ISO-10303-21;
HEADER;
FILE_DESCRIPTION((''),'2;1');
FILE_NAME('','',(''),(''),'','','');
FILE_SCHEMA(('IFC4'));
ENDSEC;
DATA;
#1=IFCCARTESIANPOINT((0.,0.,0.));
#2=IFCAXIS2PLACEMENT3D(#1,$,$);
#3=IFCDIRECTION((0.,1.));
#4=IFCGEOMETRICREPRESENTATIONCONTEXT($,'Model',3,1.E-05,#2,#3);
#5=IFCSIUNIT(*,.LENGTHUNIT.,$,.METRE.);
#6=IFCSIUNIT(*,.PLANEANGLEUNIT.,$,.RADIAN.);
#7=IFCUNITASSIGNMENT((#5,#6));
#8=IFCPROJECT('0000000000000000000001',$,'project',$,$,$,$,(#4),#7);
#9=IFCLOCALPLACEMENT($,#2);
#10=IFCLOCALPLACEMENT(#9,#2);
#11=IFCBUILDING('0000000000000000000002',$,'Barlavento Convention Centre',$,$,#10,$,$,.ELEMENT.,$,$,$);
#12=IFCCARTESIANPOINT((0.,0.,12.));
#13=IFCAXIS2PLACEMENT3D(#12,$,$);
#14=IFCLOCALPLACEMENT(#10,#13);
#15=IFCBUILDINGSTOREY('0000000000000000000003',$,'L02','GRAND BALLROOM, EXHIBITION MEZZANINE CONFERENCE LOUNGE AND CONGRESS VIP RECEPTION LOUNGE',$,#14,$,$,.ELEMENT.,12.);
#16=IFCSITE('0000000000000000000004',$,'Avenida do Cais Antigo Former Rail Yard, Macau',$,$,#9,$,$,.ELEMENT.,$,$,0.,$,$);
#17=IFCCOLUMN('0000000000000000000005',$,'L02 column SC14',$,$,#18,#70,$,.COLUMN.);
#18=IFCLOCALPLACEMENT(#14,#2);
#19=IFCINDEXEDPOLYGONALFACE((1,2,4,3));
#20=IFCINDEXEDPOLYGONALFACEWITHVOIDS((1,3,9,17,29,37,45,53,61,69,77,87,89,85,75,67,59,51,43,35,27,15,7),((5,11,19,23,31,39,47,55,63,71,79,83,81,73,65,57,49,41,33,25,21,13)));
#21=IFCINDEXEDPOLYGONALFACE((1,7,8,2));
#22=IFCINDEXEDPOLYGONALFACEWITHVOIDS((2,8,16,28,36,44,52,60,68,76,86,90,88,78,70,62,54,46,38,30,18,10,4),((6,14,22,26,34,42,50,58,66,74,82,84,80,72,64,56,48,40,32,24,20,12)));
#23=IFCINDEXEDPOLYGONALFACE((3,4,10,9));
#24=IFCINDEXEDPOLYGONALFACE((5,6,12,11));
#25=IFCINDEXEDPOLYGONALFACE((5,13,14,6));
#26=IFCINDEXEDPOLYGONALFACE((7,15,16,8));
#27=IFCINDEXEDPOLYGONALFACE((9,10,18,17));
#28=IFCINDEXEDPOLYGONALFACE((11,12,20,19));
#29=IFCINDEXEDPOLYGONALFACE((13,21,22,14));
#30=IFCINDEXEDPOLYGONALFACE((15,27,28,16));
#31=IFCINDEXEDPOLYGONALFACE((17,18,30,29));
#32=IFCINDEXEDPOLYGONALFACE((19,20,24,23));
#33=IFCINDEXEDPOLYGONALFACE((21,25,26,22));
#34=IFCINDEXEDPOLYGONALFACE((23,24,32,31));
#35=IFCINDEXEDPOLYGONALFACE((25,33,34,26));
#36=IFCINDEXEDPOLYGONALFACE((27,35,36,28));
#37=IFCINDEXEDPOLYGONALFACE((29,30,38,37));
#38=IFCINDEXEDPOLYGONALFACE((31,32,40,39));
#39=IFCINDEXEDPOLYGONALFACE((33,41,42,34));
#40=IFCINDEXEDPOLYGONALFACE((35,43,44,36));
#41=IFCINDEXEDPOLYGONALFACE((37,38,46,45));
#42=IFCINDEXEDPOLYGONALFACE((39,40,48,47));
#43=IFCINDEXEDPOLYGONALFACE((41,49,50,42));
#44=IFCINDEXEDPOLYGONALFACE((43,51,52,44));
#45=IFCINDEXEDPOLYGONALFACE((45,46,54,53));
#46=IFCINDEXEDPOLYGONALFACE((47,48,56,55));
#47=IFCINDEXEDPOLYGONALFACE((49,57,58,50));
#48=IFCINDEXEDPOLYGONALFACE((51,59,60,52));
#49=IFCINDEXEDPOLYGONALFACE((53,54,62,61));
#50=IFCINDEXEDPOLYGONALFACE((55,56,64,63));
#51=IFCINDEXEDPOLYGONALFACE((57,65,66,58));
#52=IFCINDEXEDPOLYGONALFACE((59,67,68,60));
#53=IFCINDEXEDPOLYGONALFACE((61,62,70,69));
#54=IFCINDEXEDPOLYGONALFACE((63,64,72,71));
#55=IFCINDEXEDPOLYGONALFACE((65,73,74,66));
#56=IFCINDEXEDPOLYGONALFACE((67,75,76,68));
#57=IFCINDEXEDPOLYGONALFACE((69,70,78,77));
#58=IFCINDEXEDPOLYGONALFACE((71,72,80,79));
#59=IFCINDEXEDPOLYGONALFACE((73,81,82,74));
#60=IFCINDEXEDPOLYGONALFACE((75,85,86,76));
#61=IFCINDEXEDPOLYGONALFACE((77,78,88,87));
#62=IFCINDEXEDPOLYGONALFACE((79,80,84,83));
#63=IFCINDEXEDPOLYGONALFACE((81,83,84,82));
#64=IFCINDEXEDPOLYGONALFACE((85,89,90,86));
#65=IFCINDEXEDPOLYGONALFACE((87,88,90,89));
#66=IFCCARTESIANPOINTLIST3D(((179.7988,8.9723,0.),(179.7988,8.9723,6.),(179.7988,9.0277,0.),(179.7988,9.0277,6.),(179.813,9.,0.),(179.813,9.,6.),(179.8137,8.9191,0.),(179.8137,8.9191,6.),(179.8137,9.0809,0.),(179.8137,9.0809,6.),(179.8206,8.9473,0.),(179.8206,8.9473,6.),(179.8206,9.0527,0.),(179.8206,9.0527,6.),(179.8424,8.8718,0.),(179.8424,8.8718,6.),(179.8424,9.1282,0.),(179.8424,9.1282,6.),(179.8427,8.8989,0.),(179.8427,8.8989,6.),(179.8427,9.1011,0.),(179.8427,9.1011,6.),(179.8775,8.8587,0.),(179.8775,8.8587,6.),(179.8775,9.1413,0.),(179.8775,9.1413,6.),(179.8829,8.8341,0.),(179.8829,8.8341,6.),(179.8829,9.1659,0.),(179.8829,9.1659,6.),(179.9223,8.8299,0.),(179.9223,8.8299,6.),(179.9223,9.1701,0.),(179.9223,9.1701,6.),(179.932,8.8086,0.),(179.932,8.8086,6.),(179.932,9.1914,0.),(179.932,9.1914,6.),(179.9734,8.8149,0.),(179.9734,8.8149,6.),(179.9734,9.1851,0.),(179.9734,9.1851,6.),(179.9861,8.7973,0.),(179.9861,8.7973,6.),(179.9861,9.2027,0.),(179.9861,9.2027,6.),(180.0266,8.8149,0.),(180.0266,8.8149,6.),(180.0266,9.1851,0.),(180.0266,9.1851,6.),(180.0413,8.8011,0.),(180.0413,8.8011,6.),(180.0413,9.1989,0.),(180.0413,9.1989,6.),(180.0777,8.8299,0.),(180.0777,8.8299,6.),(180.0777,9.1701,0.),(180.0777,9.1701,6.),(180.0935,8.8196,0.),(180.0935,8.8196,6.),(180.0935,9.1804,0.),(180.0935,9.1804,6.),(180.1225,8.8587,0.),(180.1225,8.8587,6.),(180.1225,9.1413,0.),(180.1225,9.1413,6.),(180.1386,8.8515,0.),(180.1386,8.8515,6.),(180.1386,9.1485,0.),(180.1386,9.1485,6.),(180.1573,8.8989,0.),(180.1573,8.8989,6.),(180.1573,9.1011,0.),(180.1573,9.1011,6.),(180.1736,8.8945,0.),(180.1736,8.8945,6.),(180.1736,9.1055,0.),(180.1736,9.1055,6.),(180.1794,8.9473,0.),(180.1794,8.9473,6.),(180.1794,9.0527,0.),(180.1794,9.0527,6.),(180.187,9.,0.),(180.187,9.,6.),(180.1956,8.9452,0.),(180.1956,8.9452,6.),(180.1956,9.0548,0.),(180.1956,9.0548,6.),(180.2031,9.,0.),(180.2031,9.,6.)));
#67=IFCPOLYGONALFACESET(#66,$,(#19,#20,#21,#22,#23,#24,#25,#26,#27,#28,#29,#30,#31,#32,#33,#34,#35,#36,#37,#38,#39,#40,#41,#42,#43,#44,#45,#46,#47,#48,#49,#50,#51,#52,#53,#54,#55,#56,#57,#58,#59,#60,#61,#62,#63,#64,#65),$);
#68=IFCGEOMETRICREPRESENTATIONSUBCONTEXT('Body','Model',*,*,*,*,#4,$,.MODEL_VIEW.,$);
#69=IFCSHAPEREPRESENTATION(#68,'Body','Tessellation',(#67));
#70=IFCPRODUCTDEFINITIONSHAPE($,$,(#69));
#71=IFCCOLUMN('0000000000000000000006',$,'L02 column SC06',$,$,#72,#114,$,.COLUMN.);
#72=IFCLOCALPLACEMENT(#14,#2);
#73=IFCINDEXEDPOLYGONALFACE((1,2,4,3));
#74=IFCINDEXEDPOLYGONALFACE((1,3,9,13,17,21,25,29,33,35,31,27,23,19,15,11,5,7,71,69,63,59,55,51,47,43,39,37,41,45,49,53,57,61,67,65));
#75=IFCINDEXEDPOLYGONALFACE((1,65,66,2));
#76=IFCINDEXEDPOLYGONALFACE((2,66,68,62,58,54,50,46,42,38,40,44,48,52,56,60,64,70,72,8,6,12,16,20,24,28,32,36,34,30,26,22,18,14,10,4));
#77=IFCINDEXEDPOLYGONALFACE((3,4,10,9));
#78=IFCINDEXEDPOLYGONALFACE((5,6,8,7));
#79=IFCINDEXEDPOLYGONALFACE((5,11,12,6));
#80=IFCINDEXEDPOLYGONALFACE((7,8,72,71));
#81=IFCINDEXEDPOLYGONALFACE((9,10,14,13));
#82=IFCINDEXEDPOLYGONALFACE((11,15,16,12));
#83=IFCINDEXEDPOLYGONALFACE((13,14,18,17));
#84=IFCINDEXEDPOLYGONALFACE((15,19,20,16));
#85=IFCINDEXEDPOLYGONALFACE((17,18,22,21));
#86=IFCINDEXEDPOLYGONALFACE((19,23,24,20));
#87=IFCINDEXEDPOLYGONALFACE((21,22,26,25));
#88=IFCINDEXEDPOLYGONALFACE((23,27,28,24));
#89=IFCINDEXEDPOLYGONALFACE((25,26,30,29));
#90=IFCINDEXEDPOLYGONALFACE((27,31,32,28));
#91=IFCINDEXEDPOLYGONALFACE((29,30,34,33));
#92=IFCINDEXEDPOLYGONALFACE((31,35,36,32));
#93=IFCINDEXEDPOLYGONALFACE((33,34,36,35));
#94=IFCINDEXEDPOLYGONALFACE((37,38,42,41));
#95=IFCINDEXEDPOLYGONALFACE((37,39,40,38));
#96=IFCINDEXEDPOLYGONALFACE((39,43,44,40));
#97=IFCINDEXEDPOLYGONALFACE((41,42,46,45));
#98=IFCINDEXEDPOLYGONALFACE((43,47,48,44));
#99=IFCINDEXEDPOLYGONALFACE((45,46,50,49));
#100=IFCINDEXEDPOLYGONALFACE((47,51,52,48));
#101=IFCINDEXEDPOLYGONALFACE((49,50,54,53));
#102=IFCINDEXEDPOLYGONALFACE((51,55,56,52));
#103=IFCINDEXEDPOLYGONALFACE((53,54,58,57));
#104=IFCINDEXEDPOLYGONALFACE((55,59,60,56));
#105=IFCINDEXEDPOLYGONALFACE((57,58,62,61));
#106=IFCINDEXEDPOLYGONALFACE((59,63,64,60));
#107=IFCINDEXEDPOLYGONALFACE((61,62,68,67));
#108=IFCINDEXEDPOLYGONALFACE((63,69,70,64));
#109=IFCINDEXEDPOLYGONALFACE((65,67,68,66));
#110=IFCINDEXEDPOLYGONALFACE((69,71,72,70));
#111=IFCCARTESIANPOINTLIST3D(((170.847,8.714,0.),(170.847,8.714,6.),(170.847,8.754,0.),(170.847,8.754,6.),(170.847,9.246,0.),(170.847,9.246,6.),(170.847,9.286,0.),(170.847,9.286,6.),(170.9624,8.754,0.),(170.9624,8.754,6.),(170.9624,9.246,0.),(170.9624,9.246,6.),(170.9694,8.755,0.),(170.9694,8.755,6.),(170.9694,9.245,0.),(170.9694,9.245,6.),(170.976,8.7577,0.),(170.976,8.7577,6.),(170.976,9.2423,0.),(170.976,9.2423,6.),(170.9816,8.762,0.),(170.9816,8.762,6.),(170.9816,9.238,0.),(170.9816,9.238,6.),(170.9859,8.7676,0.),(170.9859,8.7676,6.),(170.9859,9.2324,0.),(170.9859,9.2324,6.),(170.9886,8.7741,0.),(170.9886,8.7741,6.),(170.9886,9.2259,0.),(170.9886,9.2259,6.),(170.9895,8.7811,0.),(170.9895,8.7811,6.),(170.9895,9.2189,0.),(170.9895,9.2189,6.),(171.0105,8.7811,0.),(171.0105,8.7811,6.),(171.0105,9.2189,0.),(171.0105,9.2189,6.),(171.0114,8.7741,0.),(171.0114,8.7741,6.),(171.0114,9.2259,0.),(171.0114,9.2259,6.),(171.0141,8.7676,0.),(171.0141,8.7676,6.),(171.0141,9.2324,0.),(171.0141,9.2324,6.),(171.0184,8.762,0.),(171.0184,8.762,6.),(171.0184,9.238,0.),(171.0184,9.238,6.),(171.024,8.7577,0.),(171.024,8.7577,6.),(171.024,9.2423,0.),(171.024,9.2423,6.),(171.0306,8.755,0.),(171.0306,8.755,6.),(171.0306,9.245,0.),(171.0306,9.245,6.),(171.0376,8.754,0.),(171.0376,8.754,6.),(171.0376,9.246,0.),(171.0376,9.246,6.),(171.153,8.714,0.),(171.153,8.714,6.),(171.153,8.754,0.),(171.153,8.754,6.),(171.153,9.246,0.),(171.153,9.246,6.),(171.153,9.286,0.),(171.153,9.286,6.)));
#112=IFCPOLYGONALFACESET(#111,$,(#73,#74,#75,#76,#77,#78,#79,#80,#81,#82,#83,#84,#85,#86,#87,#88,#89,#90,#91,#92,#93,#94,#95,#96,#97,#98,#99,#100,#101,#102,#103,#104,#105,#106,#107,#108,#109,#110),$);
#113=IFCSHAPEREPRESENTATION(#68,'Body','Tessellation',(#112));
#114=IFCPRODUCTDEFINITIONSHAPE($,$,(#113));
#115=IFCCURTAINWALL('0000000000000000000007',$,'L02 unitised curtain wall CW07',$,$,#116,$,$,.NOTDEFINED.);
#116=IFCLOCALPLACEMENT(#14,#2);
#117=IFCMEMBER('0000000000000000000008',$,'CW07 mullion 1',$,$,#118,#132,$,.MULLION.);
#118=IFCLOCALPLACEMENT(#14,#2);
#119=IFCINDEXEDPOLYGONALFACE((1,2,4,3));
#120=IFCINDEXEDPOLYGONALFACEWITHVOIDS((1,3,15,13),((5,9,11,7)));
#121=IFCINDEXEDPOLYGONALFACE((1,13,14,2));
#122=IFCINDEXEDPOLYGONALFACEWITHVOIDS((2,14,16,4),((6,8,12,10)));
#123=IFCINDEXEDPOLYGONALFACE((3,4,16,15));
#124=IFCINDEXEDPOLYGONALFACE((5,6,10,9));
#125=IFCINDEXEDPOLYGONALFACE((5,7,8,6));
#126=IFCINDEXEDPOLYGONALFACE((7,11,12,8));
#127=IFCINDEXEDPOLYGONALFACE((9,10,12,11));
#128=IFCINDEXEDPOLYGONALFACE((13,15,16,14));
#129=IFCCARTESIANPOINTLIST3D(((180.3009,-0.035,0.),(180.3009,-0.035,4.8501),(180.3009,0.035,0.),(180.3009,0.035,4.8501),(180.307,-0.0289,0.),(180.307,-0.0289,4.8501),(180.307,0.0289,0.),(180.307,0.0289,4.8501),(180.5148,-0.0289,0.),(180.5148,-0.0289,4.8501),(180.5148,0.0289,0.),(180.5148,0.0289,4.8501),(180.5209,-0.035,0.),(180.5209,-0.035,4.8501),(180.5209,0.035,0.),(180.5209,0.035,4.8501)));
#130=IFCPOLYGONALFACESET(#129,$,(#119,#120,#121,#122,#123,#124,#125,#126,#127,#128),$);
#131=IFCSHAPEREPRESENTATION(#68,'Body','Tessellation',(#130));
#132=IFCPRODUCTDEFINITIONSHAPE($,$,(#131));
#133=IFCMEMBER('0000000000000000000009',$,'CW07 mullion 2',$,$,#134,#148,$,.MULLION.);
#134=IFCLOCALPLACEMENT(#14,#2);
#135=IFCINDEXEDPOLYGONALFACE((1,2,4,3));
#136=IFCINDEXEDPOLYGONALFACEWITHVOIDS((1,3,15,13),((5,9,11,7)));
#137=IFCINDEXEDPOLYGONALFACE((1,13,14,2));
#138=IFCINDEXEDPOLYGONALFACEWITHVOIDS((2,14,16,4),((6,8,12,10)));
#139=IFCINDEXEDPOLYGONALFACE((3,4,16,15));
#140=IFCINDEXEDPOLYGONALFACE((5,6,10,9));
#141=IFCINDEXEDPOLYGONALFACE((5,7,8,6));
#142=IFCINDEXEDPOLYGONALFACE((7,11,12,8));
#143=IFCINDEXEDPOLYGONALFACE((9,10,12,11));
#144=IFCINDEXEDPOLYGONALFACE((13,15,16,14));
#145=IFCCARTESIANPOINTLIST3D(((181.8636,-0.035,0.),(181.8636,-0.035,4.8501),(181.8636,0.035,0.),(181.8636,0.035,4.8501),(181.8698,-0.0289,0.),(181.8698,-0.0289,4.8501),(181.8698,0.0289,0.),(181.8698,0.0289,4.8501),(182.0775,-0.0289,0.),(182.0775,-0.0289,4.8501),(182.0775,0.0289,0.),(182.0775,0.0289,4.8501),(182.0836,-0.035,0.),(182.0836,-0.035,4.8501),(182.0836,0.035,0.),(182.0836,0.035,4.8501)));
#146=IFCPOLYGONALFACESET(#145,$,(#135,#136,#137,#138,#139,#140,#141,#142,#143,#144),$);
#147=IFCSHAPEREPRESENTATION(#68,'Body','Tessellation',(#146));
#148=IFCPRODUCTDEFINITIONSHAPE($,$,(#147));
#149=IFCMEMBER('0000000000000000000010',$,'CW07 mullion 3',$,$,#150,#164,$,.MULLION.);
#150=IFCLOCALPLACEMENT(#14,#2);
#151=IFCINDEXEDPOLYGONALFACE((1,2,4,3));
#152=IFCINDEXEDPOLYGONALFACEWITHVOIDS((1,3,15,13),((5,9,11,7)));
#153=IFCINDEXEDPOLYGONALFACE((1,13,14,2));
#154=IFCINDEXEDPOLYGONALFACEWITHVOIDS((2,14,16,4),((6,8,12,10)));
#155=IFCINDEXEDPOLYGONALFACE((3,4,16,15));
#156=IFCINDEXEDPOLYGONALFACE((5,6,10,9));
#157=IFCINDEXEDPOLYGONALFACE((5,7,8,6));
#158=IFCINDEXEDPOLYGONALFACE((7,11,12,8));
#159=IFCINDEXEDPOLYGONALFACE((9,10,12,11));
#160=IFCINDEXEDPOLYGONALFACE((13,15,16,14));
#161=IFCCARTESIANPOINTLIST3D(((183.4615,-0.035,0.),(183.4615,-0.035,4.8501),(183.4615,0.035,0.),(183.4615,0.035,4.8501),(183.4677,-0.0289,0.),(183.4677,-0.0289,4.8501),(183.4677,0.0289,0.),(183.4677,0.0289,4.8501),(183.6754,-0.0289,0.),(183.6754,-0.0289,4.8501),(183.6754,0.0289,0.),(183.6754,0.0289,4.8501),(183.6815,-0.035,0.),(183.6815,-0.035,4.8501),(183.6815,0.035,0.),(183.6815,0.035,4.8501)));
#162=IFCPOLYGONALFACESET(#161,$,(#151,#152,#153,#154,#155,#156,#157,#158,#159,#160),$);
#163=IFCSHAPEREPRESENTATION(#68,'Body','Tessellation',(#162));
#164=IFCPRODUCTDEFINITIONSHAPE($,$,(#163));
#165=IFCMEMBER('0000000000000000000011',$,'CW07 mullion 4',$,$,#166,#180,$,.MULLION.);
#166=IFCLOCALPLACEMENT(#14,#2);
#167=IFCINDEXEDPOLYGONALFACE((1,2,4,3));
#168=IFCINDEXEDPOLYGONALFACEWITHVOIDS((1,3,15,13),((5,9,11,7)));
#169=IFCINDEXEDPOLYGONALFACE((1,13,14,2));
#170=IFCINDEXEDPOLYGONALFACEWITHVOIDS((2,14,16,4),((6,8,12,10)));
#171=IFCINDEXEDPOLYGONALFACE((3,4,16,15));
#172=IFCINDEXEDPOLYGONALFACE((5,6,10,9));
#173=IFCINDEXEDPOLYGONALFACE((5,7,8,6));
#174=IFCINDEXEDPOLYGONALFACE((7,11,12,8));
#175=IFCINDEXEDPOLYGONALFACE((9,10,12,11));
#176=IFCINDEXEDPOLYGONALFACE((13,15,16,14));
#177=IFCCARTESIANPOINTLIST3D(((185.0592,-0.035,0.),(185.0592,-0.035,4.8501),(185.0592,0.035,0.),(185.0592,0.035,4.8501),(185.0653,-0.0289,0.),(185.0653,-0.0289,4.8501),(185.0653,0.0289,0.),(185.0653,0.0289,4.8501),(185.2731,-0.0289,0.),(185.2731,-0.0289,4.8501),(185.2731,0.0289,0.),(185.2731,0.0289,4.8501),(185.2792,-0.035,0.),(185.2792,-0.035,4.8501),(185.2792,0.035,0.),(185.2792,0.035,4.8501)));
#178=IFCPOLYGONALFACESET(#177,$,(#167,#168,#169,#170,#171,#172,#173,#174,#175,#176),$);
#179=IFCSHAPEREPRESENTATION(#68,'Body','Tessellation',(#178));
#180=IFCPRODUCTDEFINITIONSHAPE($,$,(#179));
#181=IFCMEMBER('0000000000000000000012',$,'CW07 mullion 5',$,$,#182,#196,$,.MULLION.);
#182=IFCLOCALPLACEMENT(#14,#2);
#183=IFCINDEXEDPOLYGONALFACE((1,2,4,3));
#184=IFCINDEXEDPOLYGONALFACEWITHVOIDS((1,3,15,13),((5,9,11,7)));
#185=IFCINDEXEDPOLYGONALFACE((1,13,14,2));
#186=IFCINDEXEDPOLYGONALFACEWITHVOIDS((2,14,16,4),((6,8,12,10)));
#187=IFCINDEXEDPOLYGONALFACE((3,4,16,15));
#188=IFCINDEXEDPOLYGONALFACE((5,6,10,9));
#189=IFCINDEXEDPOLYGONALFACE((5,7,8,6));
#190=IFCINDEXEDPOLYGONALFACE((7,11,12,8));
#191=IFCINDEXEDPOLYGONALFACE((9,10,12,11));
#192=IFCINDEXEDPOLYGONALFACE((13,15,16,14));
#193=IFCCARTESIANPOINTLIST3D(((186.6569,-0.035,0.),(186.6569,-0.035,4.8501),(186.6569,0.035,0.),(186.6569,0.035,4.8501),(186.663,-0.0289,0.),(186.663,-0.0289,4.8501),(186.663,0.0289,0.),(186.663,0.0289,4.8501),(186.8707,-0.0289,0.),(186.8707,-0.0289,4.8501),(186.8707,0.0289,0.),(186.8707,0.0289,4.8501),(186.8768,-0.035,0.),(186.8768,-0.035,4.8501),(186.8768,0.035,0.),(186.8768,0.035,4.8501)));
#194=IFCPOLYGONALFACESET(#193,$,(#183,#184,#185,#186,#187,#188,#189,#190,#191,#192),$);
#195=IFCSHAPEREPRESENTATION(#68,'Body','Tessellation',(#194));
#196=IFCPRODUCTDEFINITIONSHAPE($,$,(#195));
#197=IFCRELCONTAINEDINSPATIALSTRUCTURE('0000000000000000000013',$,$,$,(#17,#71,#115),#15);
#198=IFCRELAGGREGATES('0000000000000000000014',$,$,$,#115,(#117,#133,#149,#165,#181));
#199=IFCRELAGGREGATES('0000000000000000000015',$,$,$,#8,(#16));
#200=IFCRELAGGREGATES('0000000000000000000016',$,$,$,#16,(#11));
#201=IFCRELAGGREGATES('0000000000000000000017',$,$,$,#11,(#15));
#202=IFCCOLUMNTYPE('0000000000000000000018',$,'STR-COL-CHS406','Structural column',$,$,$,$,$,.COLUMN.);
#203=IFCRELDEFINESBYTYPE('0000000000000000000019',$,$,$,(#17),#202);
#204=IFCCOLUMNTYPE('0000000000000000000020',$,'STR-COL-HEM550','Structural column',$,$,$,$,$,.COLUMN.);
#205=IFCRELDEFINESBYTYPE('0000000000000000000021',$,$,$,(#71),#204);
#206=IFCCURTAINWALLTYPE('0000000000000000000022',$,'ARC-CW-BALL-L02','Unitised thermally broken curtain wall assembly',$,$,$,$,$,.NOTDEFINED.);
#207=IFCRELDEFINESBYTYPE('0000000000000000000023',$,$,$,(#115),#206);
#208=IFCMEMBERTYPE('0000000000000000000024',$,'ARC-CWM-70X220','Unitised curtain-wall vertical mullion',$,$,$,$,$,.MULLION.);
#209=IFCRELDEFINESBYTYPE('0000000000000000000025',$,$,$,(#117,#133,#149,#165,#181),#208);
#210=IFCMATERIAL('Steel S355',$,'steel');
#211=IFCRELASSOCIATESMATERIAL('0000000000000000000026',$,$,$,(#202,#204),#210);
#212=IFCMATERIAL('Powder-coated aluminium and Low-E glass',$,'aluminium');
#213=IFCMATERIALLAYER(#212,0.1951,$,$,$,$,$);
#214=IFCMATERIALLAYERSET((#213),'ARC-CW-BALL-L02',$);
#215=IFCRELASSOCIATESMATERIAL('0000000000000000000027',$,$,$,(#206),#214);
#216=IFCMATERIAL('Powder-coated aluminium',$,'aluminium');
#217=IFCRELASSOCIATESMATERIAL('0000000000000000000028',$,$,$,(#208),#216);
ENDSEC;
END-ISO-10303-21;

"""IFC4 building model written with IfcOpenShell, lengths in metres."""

from ifc_helpers import new_model, si_unit, direction, frame, origin, origin_2d, place, context, subcontext, project, spatial, hollow_rectangle, hollow_circle, i_section, extrude, material, layer, layer_set, material_profile, profile_set, type_object, element, aggregate, save


model = new_model("IFC4")

# Units and contexts
model_context = context("Model", 3, precision=1e-05, world=origin(), true_north=direction((0.0, 1.0)))
body_context = subcontext(model_context, "Body", "Model", "MODEL_VIEW")
ifc_project = project(units=[si_unit("LENGTHUNIT", "METRE"), si_unit("PLANEANGLEUNIT", "RADIAN")], contexts=[model_context])

# Site, building, storey
site_placement = place(None, origin())
site = spatial("IfcSite", under=ifc_project, at=site_placement, Name="Avenida do Cais Antigo Former Rail Yard, Macau", CompositionType="ELEMENT", RefElevation=0.0)
building_placement = place(site_placement, origin())
building = spatial("IfcBuilding", under=site, at=building_placement, Name="Barlavento Convention Centre", CompositionType="ELEMENT")
storey_placement = place(building_placement, frame((0.0, 0.0, 12.0)))
storey = spatial("IfcBuildingStorey", under=building, at=storey_placement, Name="L02", Description="GRAND BALLROOM, EXHIBITION MEZZANINE CONFERENCE LOUNGE AND CONGRESS VIP RECEPTION LOUNGE", CompositionType="ELEMENT", Elevation=12.0)

# Columns
ifc_material_1 = material(Name="Steel S355", Category="steel")
ifc_material_profile_1 = material_profile(ifc_material_1, hollow_circle(Radius=0.2031, WallThickness=0.0161, at=origin_2d()), Name="CHS 406.4x16.0")
ifc_profile_set_1 = profile_set([ifc_material_profile_1], Name="Steel S355")
column_type_1 = type_object("IfcColumnType", Name="STR-COL-CHS406", Description="Structural column", PredefinedType="COLUMN", material=ifc_profile_set_1)
column_1_placement = place(storey_placement, frame((180.0, 9.0, 0.0), z_axis=(0.0, 0.0, 1.0), x_axis=(1.0, 0.0, 0.0)))
element("IfcColumn", 1, at=column_1_placement, inside=storey, type_object=column_type_1, Name="L02 column SC14", PredefinedType="COLUMN", context=body_context, shape_type="SweptSolid", body=[
    extrude(hollow_circle(Radius=0.2031, WallThickness=0.0161, at=origin_2d()), origin(), (0.0, 0.0, 1.0), 6.0),
])
ifc_material_profile_2 = material_profile(ifc_material_1, i_section(OverallWidth=0.3059, OverallDepth=0.572, WebThickness=0.021, FlangeThickness=0.04, FilletRadius=0.0271, at=origin_2d()), Name="HEM 550")
ifc_profile_set_2 = profile_set([ifc_material_profile_2], Name="Steel S355")
column_type_2 = type_object("IfcColumnType", Name="STR-COL-HEM550", Description="Structural column", PredefinedType="COLUMN", material=ifc_profile_set_2)
column_2_placement = place(storey_placement, frame((171.0, 9.0, 0.0), z_axis=(0.0, 0.0, 1.0), x_axis=(1.0, 0.0, 0.0)))
element("IfcColumn", 2, at=column_2_placement, inside=storey, type_object=column_type_2, Name="L02 column SC06", PredefinedType="COLUMN", context=body_context, shape_type="SweptSolid", body=[
    extrude(i_section(OverallWidth=0.3059, OverallDepth=0.572, WebThickness=0.021, FlangeThickness=0.04, FilletRadius=0.0271, at=origin_2d()), origin(), (0.0, 0.0, 1.0), 6.0),
])

# Curtain wall, members
ifc_material_2 = material(Name="Powder-coated aluminium and Low-E glass", Category="aluminium")
ifc_layer_1 = layer(ifc_material_2, 0.1951)
ifc_layer_set_1 = layer_set([ifc_layer_1], Name="ARC-CW-BALL-L02")
curtain_wall_type = type_object("IfcCurtainWallType", Name="ARC-CW-BALL-L02", Description="Unitised thermally broken curtain wall assembly", PredefinedType="NOTDEFINED", material=ifc_layer_set_1)
curtain_wall_placement = place(storey_placement, origin())
curtain_wall = element("IfcCurtainWall", 3, at=curtain_wall_placement, inside=storey, type_object=curtain_wall_type, Name="L02 unitised curtain wall CW07", PredefinedType="NOTDEFINED")
ifc_material_3 = material(Name="Powder-coated aluminium", Category="aluminium")
ifc_material_profile_3 = material_profile(ifc_material_3, hollow_rectangle(XDim=0.0701, YDim=0.22, WallThickness=0.0061, at=origin_2d()), Name="AL-MULL 70x220x6")
ifc_profile_set_3 = profile_set([ifc_material_profile_3], Name="Powder-coated aluminium")
member_type_1 = type_object("IfcMemberType", Name="ARC-CWM-70X220", Description="Unitised curtain-wall vertical mullion", PredefinedType="MULLION", material=ifc_profile_set_3)
member_1_placement = place(storey_placement, frame((180.4109, 0.0, 0.0), z_axis=(0.0, 0.0, 1.0), x_axis=(0.0, 1.0, 0.0)))
member_1 = element("IfcMember", 4, at=member_1_placement, type_object=member_type_1, Name="CW07 mullion 1", PredefinedType="MULLION", context=body_context, shape_type="SweptSolid", body=[
    extrude(hollow_rectangle(XDim=0.0701, YDim=0.22, WallThickness=0.0061, at=origin_2d()), origin(), (0.0, 0.0, 1.0), 4.8501),
])
member_2_placement = place(storey_placement, frame((181.9736, 0.0, 0.0), z_axis=(0.0, 0.0, 1.0), x_axis=(0.0, 1.0, 0.0)))
member_2 = element("IfcMember", 5, at=member_2_placement, type_object=member_type_1, Name="CW07 mullion 2", PredefinedType="MULLION", context=body_context, shape_type="SweptSolid", body=[
    extrude(hollow_rectangle(XDim=0.0701, YDim=0.22, WallThickness=0.0061, at=origin_2d()), origin(), (0.0, 0.0, 1.0), 4.8501),
])
member_3_placement = place(storey_placement, frame((183.5715, 0.0, 0.0), z_axis=(0.0, 0.0, 1.0), x_axis=(0.0, 1.0, 0.0)))
member_3 = element("IfcMember", 6, at=member_3_placement, type_object=member_type_1, Name="CW07 mullion 3", PredefinedType="MULLION", context=body_context, shape_type="SweptSolid", body=[
    extrude(hollow_rectangle(XDim=0.0701, YDim=0.22, WallThickness=0.0061, at=origin_2d()), origin(), (0.0, 0.0, 1.0), 4.8501),
])
member_4_placement = place(storey_placement, frame((185.1692, 0.0, 0.0), z_axis=(0.0, 0.0, 1.0), x_axis=(0.0, 1.0, 0.0)))
member_4 = element("IfcMember", 7, at=member_4_placement, type_object=member_type_1, Name="CW07 mullion 4", PredefinedType="MULLION", context=body_context, shape_type="SweptSolid", body=[
    extrude(hollow_rectangle(XDim=0.0701, YDim=0.22, WallThickness=0.0061, at=origin_2d()), origin(), (0.0, 0.0, 1.0), 4.8501),
])
member_5_placement = place(storey_placement, frame((186.7668, 0.0, 0.0), z_axis=(0.0, 0.0, 1.0), x_axis=(0.0, 1.0, 0.0)))
member_5 = element("IfcMember", 8, at=member_5_placement, type_object=member_type_1, Name="CW07 mullion 5", PredefinedType="MULLION", context=body_context, shape_type="SweptSolid", body=[
    extrude(hollow_rectangle(XDim=0.0701, YDim=0.22, WallThickness=0.0061, at=origin_2d()), origin(), (0.0, 0.0, 1.0), 4.8501),
])

aggregate(curtain_wall, [member_1, member_2, member_3, member_4, member_5])

save(model, "model.ifc")
